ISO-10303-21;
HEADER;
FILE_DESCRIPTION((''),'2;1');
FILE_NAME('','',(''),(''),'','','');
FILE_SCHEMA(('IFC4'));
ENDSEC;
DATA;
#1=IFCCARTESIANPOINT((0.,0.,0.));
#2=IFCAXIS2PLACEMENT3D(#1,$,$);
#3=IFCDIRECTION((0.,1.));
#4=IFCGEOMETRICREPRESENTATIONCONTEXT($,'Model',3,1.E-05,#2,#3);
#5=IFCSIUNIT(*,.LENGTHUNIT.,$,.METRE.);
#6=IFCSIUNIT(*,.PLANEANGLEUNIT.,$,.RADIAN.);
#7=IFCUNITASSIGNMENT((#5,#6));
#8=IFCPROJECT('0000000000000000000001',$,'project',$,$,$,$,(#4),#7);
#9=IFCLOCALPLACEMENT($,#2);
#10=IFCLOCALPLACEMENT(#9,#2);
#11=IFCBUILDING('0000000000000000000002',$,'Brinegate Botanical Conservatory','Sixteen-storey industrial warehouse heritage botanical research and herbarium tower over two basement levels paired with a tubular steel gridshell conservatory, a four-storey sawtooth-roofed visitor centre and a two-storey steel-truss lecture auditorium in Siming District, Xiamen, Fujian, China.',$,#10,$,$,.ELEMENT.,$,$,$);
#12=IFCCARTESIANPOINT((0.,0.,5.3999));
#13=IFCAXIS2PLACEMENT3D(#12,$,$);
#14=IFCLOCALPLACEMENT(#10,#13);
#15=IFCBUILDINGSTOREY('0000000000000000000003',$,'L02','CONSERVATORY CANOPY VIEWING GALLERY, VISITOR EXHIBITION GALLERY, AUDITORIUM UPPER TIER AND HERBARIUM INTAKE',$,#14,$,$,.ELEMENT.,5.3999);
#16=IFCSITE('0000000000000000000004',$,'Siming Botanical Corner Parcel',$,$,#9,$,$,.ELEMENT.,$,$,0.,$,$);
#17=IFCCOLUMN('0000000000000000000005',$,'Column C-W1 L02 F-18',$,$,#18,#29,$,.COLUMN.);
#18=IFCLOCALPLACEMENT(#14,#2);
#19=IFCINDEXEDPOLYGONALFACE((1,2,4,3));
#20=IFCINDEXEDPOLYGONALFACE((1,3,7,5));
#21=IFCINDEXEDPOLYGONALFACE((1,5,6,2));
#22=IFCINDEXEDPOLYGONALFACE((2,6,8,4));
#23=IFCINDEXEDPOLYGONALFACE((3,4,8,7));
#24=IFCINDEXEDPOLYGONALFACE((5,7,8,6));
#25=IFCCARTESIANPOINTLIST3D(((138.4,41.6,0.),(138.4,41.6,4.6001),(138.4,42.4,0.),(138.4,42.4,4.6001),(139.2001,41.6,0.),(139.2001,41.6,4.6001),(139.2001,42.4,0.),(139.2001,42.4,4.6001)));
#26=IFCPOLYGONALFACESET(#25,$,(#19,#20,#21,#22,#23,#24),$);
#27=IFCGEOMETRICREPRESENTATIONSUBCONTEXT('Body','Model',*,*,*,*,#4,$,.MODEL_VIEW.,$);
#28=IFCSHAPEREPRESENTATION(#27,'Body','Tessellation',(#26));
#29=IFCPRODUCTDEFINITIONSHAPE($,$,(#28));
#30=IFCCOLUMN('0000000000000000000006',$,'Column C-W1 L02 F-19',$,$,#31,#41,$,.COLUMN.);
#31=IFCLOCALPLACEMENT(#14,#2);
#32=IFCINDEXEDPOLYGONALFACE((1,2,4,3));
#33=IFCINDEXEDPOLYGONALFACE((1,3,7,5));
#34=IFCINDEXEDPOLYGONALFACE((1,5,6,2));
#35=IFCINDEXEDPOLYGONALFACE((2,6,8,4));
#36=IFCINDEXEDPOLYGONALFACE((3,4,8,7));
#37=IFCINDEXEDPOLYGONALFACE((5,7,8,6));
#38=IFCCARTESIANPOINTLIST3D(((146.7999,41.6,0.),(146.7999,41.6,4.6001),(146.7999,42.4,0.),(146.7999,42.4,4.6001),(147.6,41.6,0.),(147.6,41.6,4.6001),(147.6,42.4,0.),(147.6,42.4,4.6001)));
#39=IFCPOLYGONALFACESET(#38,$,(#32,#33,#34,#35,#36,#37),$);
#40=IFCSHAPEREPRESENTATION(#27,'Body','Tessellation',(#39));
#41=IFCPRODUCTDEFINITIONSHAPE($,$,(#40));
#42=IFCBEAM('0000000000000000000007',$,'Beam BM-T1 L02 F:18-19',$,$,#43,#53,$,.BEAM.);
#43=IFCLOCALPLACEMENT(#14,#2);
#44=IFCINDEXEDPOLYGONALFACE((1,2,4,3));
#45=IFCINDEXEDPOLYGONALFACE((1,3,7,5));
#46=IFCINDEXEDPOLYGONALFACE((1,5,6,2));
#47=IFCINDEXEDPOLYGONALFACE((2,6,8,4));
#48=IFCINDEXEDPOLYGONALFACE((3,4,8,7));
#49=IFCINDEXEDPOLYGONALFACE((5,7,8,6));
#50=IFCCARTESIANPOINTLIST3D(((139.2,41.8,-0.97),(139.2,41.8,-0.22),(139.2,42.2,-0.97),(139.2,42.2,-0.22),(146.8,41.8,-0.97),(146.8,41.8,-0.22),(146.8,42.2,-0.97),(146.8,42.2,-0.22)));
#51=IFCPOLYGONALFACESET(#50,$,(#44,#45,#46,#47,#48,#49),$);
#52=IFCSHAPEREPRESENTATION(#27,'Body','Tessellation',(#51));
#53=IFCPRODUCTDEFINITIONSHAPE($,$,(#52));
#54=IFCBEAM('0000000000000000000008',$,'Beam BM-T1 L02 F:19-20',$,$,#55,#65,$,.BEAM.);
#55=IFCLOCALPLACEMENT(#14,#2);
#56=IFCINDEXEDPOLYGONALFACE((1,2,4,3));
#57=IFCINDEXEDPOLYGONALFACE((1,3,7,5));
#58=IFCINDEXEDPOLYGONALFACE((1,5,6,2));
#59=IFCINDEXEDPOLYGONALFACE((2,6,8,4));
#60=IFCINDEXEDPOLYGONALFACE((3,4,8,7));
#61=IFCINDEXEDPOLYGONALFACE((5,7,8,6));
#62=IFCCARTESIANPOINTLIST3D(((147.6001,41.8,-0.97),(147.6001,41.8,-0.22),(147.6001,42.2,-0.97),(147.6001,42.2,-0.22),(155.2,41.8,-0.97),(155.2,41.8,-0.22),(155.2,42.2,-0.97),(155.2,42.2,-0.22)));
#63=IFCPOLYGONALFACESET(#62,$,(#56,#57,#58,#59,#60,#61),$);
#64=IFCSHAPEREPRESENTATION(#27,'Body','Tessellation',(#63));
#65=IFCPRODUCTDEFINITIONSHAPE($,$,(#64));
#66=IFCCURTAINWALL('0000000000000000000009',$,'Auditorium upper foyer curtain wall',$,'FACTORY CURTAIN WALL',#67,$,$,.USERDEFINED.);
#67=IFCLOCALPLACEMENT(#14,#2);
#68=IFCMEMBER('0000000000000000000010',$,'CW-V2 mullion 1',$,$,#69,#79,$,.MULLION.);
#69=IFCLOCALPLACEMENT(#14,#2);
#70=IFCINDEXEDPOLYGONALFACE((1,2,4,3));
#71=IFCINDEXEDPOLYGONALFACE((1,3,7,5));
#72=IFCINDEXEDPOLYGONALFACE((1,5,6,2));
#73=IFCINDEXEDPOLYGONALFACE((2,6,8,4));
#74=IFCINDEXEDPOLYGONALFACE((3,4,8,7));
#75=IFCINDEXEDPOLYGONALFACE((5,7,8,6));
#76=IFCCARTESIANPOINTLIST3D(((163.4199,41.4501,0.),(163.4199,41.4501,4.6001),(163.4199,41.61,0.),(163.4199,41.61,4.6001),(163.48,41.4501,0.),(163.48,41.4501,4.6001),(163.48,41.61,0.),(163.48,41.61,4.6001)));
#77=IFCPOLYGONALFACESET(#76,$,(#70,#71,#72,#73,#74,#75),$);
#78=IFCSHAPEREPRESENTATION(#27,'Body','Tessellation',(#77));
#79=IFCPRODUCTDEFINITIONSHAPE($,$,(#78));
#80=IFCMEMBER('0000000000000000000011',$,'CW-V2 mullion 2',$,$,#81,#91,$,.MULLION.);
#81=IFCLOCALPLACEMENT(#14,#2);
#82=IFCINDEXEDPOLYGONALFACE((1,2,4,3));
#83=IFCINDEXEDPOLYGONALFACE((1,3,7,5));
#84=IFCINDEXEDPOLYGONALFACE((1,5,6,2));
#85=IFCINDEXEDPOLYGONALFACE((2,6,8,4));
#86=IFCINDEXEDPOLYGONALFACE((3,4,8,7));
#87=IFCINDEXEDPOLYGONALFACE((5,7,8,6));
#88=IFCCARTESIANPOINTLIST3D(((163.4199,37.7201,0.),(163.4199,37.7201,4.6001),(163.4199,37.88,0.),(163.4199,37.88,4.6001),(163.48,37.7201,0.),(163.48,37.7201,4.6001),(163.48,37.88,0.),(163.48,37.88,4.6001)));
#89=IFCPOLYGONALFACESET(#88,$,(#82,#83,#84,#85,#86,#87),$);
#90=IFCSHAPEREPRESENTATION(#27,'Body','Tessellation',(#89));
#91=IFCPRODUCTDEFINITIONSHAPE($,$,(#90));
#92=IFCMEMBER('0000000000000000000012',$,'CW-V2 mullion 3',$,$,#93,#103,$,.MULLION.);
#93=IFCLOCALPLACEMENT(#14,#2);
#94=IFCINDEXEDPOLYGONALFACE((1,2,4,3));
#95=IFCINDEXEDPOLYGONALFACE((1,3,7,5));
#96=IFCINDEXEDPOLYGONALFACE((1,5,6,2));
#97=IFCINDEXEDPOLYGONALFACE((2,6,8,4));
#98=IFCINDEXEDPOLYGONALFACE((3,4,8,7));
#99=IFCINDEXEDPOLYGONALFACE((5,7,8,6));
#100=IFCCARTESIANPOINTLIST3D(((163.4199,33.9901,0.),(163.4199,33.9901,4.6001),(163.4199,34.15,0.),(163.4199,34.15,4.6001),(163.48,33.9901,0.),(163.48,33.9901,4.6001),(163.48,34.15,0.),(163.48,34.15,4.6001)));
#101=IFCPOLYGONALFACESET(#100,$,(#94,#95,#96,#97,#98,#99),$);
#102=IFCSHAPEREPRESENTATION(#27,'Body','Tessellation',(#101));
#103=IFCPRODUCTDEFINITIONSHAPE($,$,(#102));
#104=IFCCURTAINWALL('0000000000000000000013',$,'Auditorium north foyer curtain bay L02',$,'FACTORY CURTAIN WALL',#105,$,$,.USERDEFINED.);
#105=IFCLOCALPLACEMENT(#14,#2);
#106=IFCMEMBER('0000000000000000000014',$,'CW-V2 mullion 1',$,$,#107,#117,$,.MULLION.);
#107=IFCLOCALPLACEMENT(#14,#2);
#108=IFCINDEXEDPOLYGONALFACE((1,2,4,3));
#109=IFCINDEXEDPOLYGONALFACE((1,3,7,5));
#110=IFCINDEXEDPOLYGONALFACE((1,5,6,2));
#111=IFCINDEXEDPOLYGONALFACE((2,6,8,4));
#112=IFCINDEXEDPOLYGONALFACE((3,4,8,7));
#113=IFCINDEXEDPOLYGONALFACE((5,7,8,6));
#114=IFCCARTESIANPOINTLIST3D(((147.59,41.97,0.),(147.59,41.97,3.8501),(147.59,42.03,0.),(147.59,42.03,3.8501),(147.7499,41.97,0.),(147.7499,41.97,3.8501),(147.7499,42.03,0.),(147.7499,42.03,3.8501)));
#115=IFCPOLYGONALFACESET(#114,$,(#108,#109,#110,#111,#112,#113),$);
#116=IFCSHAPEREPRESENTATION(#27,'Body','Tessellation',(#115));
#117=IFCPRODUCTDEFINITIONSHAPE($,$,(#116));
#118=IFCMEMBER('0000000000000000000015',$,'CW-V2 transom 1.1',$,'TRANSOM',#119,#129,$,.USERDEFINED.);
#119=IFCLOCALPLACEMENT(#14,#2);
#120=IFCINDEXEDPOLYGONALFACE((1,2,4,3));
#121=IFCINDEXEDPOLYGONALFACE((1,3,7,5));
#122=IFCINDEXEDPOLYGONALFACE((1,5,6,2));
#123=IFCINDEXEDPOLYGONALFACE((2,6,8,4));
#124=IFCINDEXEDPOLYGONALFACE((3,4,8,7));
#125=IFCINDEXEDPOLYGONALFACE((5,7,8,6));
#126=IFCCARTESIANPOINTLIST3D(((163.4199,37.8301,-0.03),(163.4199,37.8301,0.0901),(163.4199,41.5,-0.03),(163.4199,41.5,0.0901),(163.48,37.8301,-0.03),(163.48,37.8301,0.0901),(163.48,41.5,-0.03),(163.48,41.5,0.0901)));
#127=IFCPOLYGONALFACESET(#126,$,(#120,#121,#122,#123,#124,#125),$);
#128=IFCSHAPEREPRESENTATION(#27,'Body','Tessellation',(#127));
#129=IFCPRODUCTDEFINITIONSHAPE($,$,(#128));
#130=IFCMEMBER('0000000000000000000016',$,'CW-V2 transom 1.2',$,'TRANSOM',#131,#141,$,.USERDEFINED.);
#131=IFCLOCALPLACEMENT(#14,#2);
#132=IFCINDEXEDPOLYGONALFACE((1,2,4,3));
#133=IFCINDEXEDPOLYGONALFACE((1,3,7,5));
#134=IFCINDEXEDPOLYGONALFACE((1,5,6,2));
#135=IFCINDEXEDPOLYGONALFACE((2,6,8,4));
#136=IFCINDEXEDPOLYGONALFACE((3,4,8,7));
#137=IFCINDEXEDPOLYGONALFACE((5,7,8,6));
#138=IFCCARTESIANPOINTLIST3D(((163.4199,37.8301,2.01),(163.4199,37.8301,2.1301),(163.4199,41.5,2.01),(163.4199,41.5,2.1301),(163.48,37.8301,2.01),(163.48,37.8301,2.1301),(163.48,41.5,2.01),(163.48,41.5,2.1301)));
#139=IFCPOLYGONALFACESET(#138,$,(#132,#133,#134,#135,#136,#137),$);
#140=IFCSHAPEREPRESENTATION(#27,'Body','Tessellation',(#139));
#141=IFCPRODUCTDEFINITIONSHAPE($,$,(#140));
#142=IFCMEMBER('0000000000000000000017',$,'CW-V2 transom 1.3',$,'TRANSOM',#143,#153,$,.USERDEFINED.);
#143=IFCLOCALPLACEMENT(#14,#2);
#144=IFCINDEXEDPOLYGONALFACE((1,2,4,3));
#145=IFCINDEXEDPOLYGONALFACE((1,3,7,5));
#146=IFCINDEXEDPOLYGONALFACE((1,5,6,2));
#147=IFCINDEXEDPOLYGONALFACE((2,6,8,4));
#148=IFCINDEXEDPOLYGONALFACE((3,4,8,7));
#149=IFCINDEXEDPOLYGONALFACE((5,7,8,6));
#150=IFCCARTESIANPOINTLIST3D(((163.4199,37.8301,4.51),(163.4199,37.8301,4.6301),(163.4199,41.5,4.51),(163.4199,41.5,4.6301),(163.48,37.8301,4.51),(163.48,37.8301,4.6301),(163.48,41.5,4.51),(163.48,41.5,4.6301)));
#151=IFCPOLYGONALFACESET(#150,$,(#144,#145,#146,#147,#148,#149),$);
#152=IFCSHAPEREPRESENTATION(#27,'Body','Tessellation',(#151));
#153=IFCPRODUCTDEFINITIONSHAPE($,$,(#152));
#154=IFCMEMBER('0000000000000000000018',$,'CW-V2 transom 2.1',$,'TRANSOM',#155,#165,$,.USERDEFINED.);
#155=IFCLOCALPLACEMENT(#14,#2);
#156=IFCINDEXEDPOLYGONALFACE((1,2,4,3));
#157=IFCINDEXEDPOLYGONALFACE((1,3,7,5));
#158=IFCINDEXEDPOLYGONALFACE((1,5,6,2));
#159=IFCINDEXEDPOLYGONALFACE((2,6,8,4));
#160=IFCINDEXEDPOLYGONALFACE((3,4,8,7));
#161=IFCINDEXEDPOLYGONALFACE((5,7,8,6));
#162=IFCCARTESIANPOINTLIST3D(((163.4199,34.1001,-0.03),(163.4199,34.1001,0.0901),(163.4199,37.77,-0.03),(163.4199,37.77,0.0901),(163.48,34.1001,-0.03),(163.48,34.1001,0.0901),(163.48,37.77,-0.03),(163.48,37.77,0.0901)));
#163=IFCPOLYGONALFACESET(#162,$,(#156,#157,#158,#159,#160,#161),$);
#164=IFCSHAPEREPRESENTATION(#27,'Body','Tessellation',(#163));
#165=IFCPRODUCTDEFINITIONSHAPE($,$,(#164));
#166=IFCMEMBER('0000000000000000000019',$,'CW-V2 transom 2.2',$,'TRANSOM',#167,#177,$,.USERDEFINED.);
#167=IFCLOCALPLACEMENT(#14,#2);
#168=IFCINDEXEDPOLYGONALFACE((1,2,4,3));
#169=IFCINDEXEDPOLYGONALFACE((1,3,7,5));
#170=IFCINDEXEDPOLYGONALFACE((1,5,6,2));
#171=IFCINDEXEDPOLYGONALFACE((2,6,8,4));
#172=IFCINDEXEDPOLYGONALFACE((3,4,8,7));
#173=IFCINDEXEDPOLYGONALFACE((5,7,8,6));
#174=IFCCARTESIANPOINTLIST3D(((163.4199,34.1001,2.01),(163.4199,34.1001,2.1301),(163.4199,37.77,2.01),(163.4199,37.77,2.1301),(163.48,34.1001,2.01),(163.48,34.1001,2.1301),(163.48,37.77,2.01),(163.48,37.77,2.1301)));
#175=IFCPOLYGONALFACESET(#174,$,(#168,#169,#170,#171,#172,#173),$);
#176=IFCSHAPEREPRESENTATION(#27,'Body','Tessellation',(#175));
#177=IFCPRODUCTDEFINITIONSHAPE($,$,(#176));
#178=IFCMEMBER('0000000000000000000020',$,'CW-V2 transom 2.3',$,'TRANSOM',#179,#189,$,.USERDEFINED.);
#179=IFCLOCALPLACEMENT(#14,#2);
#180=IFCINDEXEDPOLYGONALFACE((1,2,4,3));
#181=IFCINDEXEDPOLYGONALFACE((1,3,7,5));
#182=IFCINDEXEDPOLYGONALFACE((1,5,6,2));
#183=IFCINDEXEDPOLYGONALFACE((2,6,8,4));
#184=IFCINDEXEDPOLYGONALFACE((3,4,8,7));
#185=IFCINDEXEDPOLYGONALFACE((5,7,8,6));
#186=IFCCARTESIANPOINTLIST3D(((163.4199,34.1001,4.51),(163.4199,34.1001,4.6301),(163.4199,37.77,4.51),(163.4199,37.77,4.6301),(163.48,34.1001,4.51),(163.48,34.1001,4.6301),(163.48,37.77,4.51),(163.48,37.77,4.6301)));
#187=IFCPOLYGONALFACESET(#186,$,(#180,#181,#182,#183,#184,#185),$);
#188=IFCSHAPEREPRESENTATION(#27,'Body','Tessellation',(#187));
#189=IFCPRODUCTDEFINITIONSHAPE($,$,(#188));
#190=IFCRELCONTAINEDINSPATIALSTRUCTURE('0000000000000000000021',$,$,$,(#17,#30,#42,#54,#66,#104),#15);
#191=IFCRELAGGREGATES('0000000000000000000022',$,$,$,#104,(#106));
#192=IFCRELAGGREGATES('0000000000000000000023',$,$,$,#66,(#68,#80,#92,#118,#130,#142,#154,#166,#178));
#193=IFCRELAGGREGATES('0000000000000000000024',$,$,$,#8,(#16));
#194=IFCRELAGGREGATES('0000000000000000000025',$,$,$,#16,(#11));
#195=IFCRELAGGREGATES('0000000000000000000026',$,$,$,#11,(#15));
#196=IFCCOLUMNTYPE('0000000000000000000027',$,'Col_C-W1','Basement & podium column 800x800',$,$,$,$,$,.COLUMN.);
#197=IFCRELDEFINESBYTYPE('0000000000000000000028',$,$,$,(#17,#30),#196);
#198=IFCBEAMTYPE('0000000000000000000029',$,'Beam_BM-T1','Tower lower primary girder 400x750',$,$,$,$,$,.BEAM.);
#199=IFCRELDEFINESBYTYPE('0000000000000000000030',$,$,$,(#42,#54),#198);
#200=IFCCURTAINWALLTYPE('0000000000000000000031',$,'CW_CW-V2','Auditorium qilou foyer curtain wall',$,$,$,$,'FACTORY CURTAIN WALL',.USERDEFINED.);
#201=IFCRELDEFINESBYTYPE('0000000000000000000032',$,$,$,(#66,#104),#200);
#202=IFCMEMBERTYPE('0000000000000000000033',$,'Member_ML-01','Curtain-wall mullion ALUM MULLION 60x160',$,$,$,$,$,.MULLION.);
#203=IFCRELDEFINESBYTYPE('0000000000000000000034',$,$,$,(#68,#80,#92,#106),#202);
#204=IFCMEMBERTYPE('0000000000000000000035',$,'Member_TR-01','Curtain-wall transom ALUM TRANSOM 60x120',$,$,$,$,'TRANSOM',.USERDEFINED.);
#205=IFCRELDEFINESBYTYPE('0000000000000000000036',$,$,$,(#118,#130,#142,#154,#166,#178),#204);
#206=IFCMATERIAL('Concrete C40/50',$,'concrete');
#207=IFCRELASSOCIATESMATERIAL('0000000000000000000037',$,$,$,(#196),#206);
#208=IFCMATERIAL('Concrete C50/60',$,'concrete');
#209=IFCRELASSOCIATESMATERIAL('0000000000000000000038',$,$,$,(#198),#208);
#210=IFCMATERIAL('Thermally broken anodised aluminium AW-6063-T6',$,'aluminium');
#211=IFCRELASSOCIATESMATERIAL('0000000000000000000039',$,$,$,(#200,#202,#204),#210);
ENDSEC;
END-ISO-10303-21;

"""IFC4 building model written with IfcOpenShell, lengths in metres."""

from ifc_helpers import new_model, si_unit, direction, frame, origin, origin_2d, place, context, subcontext, project, spatial, rectangle, extrude, material, material_profile, profile_set, type_object, element, aggregate, save


model = new_model("IFC4")

# Units and contexts
model_context = context("Model", 3, precision=1e-05, world=origin(), true_north=direction((0.0, 1.0)))
body_context = subcontext(model_context, "Body", "Model", "MODEL_VIEW")
ifc_project = project(units=[si_unit("LENGTHUNIT", "METRE"), si_unit("PLANEANGLEUNIT", "RADIAN")], contexts=[model_context])

# Site, building, storey
site_placement = place(None, origin())
site = spatial("IfcSite", under=ifc_project, at=site_placement, Name="Siming Botanical Corner Parcel", CompositionType="ELEMENT", RefElevation=0.0)
building_placement = place(site_placement, origin())
building = spatial("IfcBuilding", under=site, at=building_placement, Name="Brinegate Botanical Conservatory", Description="Sixteen-storey industrial warehouse heritage botanical research and herbarium tower over two basement levels paired with a tubular steel gridshell conservatory, a four-storey sawtooth-roofed visitor centre and a two-storey steel-truss lecture auditorium in Siming District, Xiamen, Fujian, China.", CompositionType="ELEMENT")
storey_placement = place(building_placement, frame((0.0, 0.0, 5.3999)))
storey = spatial("IfcBuildingStorey", under=building, at=storey_placement, Name="L02", Description="CONSERVATORY CANOPY VIEWING GALLERY, VISITOR EXHIBITION GALLERY, AUDITORIUM UPPER TIER AND HERBARIUM INTAKE", CompositionType="ELEMENT", Elevation=5.3999)

# Columns
ifc_material_1 = material(Name="Concrete C40/50", Category="concrete")
ifc_material_profile_1 = material_profile(ifc_material_1, rectangle(XDim=0.8, YDim=0.8, at=origin_2d()), Name="RC COL 800x800")
ifc_profile_set_1 = profile_set([ifc_material_profile_1], Name="Concrete C40/50")
column_type = type_object("IfcColumnType", Name="Col_C-W1", Description="Basement & podium column 800x800", PredefinedType="COLUMN", material=ifc_profile_set_1)
for number, where, z_axis, x_axis, name in (
    (1, (138.8, 42.0, 0.0), (0.0, 0.0, 1.0), (1.0, 0.0, 0.0), "Column C-W1 L02 F-18"),
    (2, (147.2, 42.0, 0.0), (0.0, 0.0, 1.0), (1.0, 0.0, 0.0), "Column C-W1 L02 F-19"),
):
    element("IfcColumn", number, at=place(storey_placement, frame(where, z_axis=z_axis, x_axis=x_axis)), inside=storey, type_object=column_type, Name=name, PredefinedType="COLUMN", context=body_context, shape_type="SweptSolid", body=[
        extrude(rectangle(XDim=0.8, YDim=0.8, at=origin_2d()), origin(), (0.0, 0.0, 1.0), 4.6001),
    ])

# Beams
ifc_material_2 = material(Name="Concrete C50/60", Category="concrete")
ifc_material_profile_2 = material_profile(ifc_material_2, rectangle(XDim=0.3999, YDim=0.75, at=origin_2d()), Name="RC BM 400x750")
ifc_profile_set_2 = profile_set([ifc_material_profile_2], Name="Concrete C50/60")
beam_type = type_object("IfcBeamType", Name="Beam_BM-T1", Description="Tower lower primary girder 400x750", PredefinedType="BEAM", material=ifc_profile_set_2)
beam_1_placement = place(storey_placement, frame((139.2, 42.0, -0.595), z_axis=(1.0, 0.0, 0.0), x_axis=(0.0, 1.0, 0.0)))
element("IfcBeam", 3, at=beam_1_placement, inside=storey, type_object=beam_type, Name="Beam BM-T1 L02 F:18-19", PredefinedType="BEAM", context=body_context, shape_type="SweptSolid", body=[
    extrude(rectangle(XDim=0.3999, YDim=0.75, at=origin_2d()), origin(), (0.0, 0.0, 1.0), 7.6001),
])
beam_2_placement = place(storey_placement, frame((147.6001, 42.0, -0.595), z_axis=(1.0, 0.0, 0.0), x_axis=(0.0, 1.0, 0.0)))
element("IfcBeam", 4, at=beam_2_placement, inside=storey, type_object=beam_type, Name="Beam BM-T1 L02 F:19-20", PredefinedType="BEAM", context=body_context, shape_type="SweptSolid", body=[
    extrude(rectangle(XDim=0.3999, YDim=0.75, at=origin_2d()), origin(), (0.0, 0.0, 1.0), 7.5999),
])

# Curtain wall, members
ifc_material_3 = material(Name="Thermally broken anodised aluminium AW-6063-T6", Category="aluminium")
curtain_wall_type = type_object("IfcCurtainWallType", Name="CW_CW-V2", Description="Auditorium qilou foyer curtain wall", ElementType="FACTORY CURTAIN WALL", PredefinedType="USERDEFINED", material=ifc_material_3)
curtain_wall_1_placement = place(storey_placement, origin())
curtain_wall_1 = element("IfcCurtainWall", 5, at=curtain_wall_1_placement, inside=storey, type_object=curtain_wall_type, Name="Auditorium upper foyer curtain wall", ObjectType="FACTORY CURTAIN WALL", PredefinedType="USERDEFINED")
ifc_material_profile_3 = material_profile(ifc_material_3, rectangle(XDim=0.0601, YDim=0.1599, at=origin_2d()), Name="ALUM MULLION 60x160")
ifc_profile_set_3 = profile_set([ifc_material_profile_3], Name="Thermally broken anodised aluminium AW-6063-T6")
member_type_1 = type_object("IfcMemberType", Name="Member_ML-01", Description="Curtain-wall mullion ALUM MULLION 60x160", PredefinedType="MULLION", material=ifc_profile_set_3)
member_1_placement = place(storey_placement, frame((163.45, 41.53, 0.0), z_axis=(0.0, 0.0, 1.0), x_axis=(1.0, 0.0, 0.0)))
member_1 = element("IfcMember", 6, at=member_1_placement, type_object=member_type_1, Name="CW-V2 mullion 1", PredefinedType="MULLION", context=body_context, shape_type="SweptSolid", body=[
    extrude(rectangle(XDim=0.0601, YDim=0.1599, at=origin_2d()), origin(), (0.0, 0.0, 1.0), 4.6001),
])
member_2_placement = place(storey_placement, frame((163.45, 37.8, 0.0), z_axis=(0.0, 0.0, 1.0), x_axis=(1.0, 0.0, 0.0)))
member_2 = element("IfcMember", 7, at=member_2_placement, type_object=member_type_1, Name="CW-V2 mullion 2", PredefinedType="MULLION", context=body_context, shape_type="SweptSolid", body=[
    extrude(rectangle(XDim=0.0601, YDim=0.1599, at=origin_2d()), origin(), (0.0, 0.0, 1.0), 4.6001),
])
member_3_placement = place(storey_placement, frame((163.45, 34.0701, 0.0), z_axis=(0.0, 0.0, 1.0), x_axis=(1.0, 0.0, 0.0)))
member_3 = element("IfcMember", 8, at=member_3_placement, type_object=member_type_1, Name="CW-V2 mullion 3", PredefinedType="MULLION", context=body_context, shape_type="SweptSolid", body=[
    extrude(rectangle(XDim=0.0601, YDim=0.1599, at=origin_2d()), origin(), (0.0, 0.0, 1.0), 4.6001),
])

# Curtain wall, member
curtain_wall_2_placement = place(storey_placement, origin())
curtain_wall_2 = element("IfcCurtainWall", 9, at=curtain_wall_2_placement, inside=storey, type_object=curtain_wall_type, Name="Auditorium north foyer curtain bay L02", ObjectType="FACTORY CURTAIN WALL", PredefinedType="USERDEFINED")
member_4_placement = place(storey_placement, frame((147.6699, 42.0, 0.0), z_axis=(0.0, 0.0, 1.0), x_axis=(0.0, 1.0, 0.0)))
member_4 = element("IfcMember", 10, at=member_4_placement, type_object=member_type_1, Name="CW-V2 mullion 1", PredefinedType="MULLION", context=body_context, shape_type="SweptSolid", body=[
    extrude(rectangle(XDim=0.0601, YDim=0.1599, at=origin_2d()), origin(), (0.0, 0.0, 1.0), 3.8501),
])
aggregate(curtain_wall_2, [member_4])

# Members
ifc_material_profile_4 = material_profile(ifc_material_3, rectangle(XDim=0.0601, YDim=0.1201, at=origin_2d()), Name="ALUM TRANSOM 60x120")
ifc_profile_set_4 = profile_set([ifc_material_profile_4], Name="Thermally broken anodised aluminium AW-6063-T6")
member_type_2 = type_object("IfcMemberType", Name="Member_TR-01", Description="Curtain-wall transom ALUM TRANSOM 60x120", ElementType="TRANSOM", PredefinedType="USERDEFINED", material=ifc_profile_set_4)
member_5_placement = place(storey_placement, frame((163.45, 41.5, 0.03), z_axis=(0.0, -1.0, 0.0), x_axis=(1.0, 0.0, 0.0)))
member_5 = element("IfcMember", 11, at=member_5_placement, type_object=member_type_2, Name="CW-V2 transom 1.1", ObjectType="TRANSOM", PredefinedType="USERDEFINED", context=body_context, shape_type="SweptSolid", body=[
    extrude(rectangle(XDim=0.0601, YDim=0.1201, at=origin_2d()), origin(), (0.0, 0.0, 1.0), 3.6699),
])
member_6_placement = place(storey_placement, frame((163.45, 41.5, 2.0701), z_axis=(0.0, -1.0, 0.0), x_axis=(1.0, 0.0, 0.0)))
member_6 = element("IfcMember", 12, at=member_6_placement, type_object=member_type_2, Name="CW-V2 transom 1.2", ObjectType="TRANSOM", PredefinedType="USERDEFINED", context=body_context, shape_type="SweptSolid", body=[
    extrude(rectangle(XDim=0.0601, YDim=0.1201, at=origin_2d()), origin(), (0.0, 0.0, 1.0), 3.6699),
])
member_7_placement = place(storey_placement, frame((163.45, 41.5, 4.5701), z_axis=(0.0, -1.0, 0.0), x_axis=(1.0, 0.0, 0.0)))
member_7 = element("IfcMember", 13, at=member_7_placement, type_object=member_type_2, Name="CW-V2 transom 1.3", ObjectType="TRANSOM", PredefinedType="USERDEFINED", context=body_context, shape_type="SweptSolid", body=[
    extrude(rectangle(XDim=0.0601, YDim=0.1201, at=origin_2d()), origin(), (0.0, 0.0, 1.0), 3.6699),
])
member_8_placement = place(storey_placement, frame((163.45, 37.77, 0.03), z_axis=(0.0, -1.0, 0.0), x_axis=(1.0, 0.0, 0.0)))
member_8 = element("IfcMember", 14, at=member_8_placement, type_object=member_type_2, Name="CW-V2 transom 2.1", ObjectType="TRANSOM", PredefinedType="USERDEFINED", context=body_context, shape_type="SweptSolid", body=[
    extrude(rectangle(XDim=0.0601, YDim=0.1201, at=origin_2d()), origin(), (0.0, 0.0, 1.0), 3.6699),
])
member_9_placement = place(storey_placement, frame((163.45, 37.77, 2.0701), z_axis=(0.0, -1.0, 0.0), x_axis=(1.0, 0.0, 0.0)))
member_9 = element("IfcMember", 15, at=member_9_placement, type_object=member_type_2, Name="CW-V2 transom 2.2", ObjectType="TRANSOM", PredefinedType="USERDEFINED", context=body_context, shape_type="SweptSolid", body=[
    extrude(rectangle(XDim=0.0601, YDim=0.1201, at=origin_2d()), origin(), (0.0, 0.0, 1.0), 3.6699),
])
member_10_placement = place(storey_placement, frame((163.45, 37.77, 4.5701), z_axis=(0.0, -1.0, 0.0), x_axis=(1.0, 0.0, 0.0)))
member_10 = element("IfcMember", 16, at=member_10_placement, type_object=member_type_2, Name="CW-V2 transom 2.3", ObjectType="TRANSOM", PredefinedType="USERDEFINED", context=body_context, shape_type="SweptSolid", body=[
    extrude(rectangle(XDim=0.0601, YDim=0.1201, at=origin_2d()), origin(), (0.0, 0.0, 1.0), 3.6699),
])

aggregate(curtain_wall_1, [member_1, member_2, member_3, member_5, member_6, member_7, member_8, member_9, member_10])

save(model, "model.ifc")
